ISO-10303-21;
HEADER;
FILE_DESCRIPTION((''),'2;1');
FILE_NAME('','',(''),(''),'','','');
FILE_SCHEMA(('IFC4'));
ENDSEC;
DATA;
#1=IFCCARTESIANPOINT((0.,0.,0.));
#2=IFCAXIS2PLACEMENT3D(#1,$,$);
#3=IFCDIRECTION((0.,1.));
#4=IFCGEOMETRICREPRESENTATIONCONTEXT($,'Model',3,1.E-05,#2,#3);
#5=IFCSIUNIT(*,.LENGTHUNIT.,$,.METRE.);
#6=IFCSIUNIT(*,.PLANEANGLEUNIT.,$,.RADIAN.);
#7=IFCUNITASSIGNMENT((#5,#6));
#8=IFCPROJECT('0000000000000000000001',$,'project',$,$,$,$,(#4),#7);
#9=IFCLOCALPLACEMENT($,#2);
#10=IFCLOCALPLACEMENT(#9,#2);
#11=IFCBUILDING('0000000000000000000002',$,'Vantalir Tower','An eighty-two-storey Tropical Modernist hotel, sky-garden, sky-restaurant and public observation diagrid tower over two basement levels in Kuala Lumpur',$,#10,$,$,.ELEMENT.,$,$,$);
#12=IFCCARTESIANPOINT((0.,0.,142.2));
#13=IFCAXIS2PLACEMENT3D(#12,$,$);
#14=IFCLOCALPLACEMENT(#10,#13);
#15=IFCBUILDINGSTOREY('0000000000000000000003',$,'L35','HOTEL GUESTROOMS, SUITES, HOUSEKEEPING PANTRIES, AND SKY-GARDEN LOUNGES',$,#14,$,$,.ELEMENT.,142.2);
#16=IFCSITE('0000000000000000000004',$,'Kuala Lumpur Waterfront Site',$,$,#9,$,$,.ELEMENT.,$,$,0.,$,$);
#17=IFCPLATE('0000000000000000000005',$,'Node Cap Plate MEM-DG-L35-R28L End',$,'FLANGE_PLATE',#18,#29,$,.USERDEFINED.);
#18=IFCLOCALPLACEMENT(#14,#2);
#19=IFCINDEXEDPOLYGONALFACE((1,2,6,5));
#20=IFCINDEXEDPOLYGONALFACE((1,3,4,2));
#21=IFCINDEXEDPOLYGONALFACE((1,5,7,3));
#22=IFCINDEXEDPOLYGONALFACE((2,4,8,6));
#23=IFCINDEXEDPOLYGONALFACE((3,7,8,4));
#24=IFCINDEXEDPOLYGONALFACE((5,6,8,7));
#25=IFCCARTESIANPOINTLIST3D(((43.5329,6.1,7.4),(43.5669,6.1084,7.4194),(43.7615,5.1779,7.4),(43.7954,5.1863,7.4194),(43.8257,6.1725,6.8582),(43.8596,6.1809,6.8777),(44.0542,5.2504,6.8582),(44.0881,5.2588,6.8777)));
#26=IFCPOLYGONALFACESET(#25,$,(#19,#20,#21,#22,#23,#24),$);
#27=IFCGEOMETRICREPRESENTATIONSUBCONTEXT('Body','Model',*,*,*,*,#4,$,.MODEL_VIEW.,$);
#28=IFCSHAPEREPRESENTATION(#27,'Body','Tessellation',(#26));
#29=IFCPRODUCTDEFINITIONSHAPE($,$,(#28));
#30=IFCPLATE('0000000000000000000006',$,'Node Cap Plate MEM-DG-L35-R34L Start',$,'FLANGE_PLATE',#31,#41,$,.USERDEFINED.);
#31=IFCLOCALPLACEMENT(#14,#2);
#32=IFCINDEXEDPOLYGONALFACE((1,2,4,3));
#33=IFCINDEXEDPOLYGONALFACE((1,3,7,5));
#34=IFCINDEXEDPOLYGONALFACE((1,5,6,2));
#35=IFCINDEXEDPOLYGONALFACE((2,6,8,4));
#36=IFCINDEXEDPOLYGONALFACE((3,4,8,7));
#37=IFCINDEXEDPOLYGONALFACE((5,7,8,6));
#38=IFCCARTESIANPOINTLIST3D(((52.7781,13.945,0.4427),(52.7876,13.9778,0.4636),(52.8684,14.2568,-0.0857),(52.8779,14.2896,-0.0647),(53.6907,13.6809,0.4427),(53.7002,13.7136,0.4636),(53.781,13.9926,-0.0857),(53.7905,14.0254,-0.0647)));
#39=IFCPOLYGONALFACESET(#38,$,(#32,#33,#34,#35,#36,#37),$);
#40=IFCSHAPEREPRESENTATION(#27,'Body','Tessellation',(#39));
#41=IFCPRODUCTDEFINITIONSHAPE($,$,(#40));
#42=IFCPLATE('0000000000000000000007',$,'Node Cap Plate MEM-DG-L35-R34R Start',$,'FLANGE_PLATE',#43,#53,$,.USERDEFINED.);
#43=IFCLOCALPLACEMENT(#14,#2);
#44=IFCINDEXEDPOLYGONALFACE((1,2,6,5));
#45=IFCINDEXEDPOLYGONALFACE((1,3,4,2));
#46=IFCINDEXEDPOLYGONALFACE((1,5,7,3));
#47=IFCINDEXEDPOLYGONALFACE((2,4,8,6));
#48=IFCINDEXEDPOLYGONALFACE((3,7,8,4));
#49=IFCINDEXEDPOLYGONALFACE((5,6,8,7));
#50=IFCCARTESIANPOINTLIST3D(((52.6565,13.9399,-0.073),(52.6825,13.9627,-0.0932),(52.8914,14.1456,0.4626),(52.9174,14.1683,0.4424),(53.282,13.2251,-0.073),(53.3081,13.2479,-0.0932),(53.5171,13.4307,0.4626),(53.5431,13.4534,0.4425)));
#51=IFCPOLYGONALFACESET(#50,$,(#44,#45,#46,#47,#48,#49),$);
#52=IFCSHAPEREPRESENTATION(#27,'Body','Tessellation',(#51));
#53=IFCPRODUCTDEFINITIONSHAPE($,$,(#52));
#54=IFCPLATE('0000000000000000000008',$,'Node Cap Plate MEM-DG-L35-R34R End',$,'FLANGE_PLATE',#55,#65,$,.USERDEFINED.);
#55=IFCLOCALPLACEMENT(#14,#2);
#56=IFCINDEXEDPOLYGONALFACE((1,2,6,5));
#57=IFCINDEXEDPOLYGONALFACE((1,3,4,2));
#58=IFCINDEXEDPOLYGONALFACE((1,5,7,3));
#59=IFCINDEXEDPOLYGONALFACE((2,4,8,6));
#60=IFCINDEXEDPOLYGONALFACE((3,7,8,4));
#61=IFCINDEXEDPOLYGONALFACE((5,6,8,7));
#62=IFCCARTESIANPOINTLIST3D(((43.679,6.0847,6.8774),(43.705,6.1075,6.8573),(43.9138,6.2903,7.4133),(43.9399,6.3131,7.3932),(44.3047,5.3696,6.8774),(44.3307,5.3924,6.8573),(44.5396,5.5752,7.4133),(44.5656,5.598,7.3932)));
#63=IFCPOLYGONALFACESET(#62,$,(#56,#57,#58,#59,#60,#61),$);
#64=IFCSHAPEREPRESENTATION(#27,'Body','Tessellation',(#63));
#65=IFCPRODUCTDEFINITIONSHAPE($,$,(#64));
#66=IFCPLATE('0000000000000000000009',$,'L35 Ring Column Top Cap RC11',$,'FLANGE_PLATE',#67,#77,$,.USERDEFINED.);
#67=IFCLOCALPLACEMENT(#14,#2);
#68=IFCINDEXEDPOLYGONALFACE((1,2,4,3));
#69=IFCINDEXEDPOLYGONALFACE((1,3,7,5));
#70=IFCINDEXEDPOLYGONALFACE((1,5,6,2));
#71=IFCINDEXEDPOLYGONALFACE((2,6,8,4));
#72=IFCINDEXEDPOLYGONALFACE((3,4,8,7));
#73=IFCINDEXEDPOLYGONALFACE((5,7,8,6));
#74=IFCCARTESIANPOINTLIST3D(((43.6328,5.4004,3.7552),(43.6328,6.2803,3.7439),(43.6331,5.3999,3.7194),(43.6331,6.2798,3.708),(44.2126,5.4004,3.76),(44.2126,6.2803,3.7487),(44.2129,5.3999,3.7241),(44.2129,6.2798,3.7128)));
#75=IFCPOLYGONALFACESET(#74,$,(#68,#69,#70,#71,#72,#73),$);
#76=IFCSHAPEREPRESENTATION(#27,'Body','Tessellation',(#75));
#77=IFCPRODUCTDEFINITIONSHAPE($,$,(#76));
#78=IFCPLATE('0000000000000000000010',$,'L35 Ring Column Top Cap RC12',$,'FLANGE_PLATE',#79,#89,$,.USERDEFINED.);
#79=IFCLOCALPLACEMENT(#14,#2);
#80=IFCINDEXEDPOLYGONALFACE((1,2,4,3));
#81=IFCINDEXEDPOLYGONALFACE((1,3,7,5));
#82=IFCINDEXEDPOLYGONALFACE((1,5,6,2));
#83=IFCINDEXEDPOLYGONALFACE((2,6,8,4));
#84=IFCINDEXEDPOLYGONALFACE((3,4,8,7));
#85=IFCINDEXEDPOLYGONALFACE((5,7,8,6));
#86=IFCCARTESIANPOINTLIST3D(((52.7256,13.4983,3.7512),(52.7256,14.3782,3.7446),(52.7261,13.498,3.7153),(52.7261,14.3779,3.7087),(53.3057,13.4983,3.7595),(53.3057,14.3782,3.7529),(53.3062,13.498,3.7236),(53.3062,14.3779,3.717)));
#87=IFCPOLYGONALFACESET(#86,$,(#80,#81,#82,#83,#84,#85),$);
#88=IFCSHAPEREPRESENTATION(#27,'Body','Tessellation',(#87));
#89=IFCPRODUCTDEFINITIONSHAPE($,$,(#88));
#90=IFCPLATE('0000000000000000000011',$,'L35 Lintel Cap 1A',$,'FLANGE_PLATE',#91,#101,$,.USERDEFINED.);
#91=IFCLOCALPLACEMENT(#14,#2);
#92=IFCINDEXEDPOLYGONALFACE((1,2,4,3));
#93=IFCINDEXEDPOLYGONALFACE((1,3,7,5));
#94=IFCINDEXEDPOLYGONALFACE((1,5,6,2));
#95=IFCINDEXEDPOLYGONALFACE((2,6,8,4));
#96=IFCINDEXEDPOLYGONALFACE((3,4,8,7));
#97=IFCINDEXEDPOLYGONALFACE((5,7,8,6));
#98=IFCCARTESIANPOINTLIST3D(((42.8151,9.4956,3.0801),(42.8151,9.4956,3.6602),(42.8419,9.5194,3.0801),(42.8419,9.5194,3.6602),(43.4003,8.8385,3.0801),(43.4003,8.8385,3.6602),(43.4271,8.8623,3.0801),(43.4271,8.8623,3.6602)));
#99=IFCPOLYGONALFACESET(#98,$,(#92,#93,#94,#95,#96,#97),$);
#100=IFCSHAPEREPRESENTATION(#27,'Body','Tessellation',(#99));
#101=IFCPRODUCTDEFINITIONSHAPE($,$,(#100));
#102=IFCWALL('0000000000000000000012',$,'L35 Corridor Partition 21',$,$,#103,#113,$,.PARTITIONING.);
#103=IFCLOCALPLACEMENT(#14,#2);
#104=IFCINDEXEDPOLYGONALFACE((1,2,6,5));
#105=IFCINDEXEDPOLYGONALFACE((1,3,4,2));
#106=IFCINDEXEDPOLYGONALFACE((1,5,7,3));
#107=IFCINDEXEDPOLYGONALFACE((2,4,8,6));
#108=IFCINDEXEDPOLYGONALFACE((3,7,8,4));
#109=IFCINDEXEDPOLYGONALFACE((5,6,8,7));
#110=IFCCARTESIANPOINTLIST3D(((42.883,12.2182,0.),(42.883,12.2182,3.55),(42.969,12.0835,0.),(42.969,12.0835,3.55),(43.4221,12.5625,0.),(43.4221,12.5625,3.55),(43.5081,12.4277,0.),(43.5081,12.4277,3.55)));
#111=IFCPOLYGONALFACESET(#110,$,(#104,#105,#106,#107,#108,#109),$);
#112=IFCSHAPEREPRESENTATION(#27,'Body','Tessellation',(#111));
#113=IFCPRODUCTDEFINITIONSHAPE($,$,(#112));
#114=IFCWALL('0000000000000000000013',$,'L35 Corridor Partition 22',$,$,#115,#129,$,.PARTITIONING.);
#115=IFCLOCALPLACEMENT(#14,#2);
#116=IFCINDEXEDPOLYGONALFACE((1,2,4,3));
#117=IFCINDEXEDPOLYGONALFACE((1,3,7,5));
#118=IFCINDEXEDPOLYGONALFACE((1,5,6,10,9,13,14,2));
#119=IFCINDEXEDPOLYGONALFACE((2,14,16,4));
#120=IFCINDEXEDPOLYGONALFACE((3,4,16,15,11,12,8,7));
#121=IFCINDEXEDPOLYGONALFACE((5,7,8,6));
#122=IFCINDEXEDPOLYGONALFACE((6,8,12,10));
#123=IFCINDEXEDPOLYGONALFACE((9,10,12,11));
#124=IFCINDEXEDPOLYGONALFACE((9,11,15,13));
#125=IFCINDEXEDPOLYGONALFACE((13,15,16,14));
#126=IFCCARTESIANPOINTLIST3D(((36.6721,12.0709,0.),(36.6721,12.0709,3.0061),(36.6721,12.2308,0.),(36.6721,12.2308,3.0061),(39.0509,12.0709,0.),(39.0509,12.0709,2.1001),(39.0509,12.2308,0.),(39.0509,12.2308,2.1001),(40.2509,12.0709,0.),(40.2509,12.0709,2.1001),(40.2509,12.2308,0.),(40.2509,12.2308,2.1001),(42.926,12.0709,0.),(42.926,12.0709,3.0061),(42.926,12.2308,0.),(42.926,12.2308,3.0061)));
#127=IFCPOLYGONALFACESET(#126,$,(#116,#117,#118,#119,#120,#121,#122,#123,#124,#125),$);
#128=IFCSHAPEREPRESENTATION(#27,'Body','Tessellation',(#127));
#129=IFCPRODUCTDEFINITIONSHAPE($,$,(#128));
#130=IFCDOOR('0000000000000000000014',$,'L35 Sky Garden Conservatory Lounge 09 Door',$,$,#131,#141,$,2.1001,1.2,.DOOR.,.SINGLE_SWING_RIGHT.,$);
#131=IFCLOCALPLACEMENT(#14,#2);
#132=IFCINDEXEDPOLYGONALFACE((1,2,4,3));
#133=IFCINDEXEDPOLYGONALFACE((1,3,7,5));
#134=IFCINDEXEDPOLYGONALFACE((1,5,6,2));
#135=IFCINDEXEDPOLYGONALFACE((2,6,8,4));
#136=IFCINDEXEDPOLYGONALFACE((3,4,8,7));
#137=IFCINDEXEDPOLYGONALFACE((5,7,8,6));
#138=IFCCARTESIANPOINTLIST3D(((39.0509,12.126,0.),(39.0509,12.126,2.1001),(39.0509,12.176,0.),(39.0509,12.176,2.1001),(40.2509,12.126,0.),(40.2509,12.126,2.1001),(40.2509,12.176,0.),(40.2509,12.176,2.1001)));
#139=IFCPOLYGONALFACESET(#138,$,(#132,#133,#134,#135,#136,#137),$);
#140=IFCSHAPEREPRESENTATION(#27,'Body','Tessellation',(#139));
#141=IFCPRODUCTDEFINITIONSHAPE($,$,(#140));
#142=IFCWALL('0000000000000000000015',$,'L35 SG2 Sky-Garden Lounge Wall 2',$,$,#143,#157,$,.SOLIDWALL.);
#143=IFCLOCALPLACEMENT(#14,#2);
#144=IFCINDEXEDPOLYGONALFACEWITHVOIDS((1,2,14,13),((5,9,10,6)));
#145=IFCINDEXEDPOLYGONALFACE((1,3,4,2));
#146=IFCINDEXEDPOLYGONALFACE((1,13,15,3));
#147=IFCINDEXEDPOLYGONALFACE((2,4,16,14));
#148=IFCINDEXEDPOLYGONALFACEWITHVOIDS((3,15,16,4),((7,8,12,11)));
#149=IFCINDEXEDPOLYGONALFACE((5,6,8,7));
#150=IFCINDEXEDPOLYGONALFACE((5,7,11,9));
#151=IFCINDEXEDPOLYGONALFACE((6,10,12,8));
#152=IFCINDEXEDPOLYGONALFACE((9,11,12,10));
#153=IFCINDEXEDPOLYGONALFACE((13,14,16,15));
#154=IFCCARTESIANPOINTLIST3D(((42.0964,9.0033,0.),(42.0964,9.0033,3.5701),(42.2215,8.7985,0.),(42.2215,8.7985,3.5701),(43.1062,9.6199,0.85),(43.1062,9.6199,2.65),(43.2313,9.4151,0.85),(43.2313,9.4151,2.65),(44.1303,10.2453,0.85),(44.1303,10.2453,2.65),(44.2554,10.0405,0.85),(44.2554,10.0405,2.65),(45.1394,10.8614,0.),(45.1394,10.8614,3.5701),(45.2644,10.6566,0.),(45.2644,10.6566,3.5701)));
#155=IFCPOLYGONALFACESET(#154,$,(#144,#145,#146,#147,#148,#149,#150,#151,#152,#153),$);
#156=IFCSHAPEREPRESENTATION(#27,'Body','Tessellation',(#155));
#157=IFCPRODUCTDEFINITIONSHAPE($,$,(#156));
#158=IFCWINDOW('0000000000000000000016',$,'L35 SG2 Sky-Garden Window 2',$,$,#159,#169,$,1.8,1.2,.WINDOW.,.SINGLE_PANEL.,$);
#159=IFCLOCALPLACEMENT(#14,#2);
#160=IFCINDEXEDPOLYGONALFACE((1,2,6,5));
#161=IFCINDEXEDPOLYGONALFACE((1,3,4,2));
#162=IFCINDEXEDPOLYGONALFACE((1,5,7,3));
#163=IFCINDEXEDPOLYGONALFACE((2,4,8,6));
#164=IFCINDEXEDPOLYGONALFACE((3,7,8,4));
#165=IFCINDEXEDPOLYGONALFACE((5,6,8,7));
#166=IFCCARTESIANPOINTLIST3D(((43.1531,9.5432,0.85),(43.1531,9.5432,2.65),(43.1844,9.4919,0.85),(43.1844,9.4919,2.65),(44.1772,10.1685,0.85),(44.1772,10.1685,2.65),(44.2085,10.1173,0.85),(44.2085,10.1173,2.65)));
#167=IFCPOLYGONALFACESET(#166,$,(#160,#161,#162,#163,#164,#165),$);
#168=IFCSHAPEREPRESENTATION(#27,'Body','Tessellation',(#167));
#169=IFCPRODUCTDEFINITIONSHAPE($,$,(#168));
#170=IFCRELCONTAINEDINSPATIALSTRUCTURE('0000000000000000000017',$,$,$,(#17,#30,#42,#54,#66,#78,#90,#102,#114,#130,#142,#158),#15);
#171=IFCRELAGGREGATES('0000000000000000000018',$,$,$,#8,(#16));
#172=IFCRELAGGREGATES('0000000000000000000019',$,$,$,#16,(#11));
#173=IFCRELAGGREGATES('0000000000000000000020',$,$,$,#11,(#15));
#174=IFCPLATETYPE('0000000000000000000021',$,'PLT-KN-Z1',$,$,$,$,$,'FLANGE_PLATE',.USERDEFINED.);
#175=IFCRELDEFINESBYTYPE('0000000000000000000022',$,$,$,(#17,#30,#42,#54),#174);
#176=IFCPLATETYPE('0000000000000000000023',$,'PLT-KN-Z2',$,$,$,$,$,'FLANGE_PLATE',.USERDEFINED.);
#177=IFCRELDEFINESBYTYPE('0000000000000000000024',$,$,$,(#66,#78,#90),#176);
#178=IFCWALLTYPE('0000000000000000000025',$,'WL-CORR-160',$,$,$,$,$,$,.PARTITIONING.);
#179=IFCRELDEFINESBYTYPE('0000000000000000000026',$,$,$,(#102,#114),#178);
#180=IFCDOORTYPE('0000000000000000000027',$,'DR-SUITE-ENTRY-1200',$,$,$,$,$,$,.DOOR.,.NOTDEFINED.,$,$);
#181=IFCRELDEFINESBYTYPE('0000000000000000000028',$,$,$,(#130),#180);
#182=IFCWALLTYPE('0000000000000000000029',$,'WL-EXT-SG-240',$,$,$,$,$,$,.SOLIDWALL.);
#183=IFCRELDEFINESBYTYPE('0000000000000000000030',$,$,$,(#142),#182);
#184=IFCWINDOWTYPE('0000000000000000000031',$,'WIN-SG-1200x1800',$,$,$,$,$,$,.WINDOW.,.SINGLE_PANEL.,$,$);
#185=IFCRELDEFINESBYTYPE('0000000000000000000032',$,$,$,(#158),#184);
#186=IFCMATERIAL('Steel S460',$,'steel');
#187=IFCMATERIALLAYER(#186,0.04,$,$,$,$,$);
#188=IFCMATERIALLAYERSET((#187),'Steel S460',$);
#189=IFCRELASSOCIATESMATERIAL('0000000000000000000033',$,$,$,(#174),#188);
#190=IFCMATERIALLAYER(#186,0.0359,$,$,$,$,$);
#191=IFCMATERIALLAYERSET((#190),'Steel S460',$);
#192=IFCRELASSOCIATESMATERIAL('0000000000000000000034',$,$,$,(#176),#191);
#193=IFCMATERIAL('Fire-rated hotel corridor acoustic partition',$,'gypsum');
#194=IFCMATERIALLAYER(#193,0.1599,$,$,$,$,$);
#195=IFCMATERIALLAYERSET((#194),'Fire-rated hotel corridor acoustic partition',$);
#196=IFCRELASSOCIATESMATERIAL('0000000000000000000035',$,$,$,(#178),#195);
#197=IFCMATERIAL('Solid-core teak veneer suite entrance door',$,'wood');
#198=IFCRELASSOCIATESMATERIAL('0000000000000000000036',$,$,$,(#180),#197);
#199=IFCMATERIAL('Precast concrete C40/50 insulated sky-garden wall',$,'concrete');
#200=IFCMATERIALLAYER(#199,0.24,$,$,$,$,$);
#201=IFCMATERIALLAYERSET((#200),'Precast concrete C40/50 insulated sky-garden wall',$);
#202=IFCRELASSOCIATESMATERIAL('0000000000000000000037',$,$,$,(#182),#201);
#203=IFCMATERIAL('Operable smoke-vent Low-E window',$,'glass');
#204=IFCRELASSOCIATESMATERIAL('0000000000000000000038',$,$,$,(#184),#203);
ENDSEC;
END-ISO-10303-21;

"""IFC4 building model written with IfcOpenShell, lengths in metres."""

from ifc_helpers import new_model, si_unit, direction, frame, frame_2d, origin, origin_2d, place, context, subcontext, project, spatial, polyline, rectangle, outline, extrude, material, layer, layer_set, type_object, element, fill, save


model = new_model("IFC4")

# Units and contexts
model_context = context("Model", 3, precision=1e-05, world=origin(), true_north=direction((0.0, 1.0)))
body_context = subcontext(model_context, "Body", "Model", "MODEL_VIEW")
ifc_project = project(units=[si_unit("LENGTHUNIT", "METRE"), si_unit("PLANEANGLEUNIT", "RADIAN")], contexts=[model_context])

# Site, building, storey
site_placement = place(None, origin())
site = spatial("IfcSite", under=ifc_project, at=site_placement, Name="Kuala Lumpur Waterfront Site", CompositionType="ELEMENT", RefElevation=0.0)
building_placement = place(site_placement, origin())
building = spatial("IfcBuilding", under=site, at=building_placement, Name="Vantalir Tower", Description="An eighty-two-storey Tropical Modernist hotel, sky-garden, sky-restaurant and public observation diagrid tower over two basement levels in Kuala Lumpur", CompositionType="ELEMENT")
storey_placement = place(building_placement, frame((0.0, 0.0, 142.2)))
storey = spatial("IfcBuildingStorey", under=building, at=storey_placement, Name="L35", Description="HOTEL GUESTROOMS, SUITES, HOUSEKEEPING PANTRIES, AND SKY-GARDEN LOUNGES", CompositionType="ELEMENT", Elevation=142.2)

# Shared definitions
ifc_material_1 = material(Name="Steel S460", Category="steel")

# Plates
ifc_layer_1 = layer(ifc_material_1, 0.04)
ifc_layer_set_1 = layer_set([ifc_layer_1], Name="Steel S460")
plate_type_1 = type_object("IfcPlateType", Name="PLT-KN-Z1", ElementType="FLANGE_PLATE", PredefinedType="USERDEFINED", material=ifc_layer_set_1)
plate_1_placement = place(storey_placement, frame((44.0881, 5.2588, 6.8777), z_axis=(0.848092, 0.210171, 0.486383), x_axis=(-0.24054, 0.970639, 0.0)))
element("IfcPlate", 1, at=plate_1_placement, inside=storey, type_object=plate_type_1, Name="Node Cap Plate MEM-DG-L35-R28L End", ObjectType="FLANGE_PLATE", PredefinedType="USERDEFINED", context=body_context, shape_type="SweptSolid", body=[
    extrude(outline(polyline([(0.0, 0.0), (0.95, 0.0), (0.95, 0.62), (0.0, 0.62), (0.0, 0.0)])), origin(), (0.0, 0.0, -1.0), 0.04),
])
plate_2_placement = place(storey_placement, frame((53.7905, 14.0254, -0.0647), z_axis=(0.236906, 0.818442, 0.523477), x_axis=(-0.960568, 0.278046, 0.0)))
element("IfcPlate", 2, at=plate_2_placement, inside=storey, type_object=plate_type_1, Name="Node Cap Plate MEM-DG-L35-R34L Start", ObjectType="FLANGE_PLATE", PredefinedType="USERDEFINED", context=body_context, shape_type="SweptSolid", body=[
    extrude(outline(polyline([(0.0, 0.0), (0.9501, 0.0), (0.9501, 0.6201), (0.0001, 0.6201), (0.0, 0.0)])), origin(), (0.0, 0.0, -1.0), 0.04),
])
plate_3_placement = place(storey_placement, frame((52.6565, 13.9399, -0.073), z_axis=(-0.650136, -0.56898, 0.503572), x_axis=(0.658559, -0.752529, -0.000042)))
element("IfcPlate", 3, at=plate_3_placement, inside=storey, type_object=plate_type_1, Name="Node Cap Plate MEM-DG-L35-R34R Start", ObjectType="FLANGE_PLATE", PredefinedType="USERDEFINED", context=body_context, shape_type="SweptSolid", body=[
    extrude(outline(polyline([(0.0, 0.0), (0.9499, 0.0), (0.95, 0.62), (0.0, 0.6199), (0.0, 0.0)])), origin(), (0.0, 0.0, -1.0), 0.04),
])
plate_4_placement = place(storey_placement, frame((43.679, 6.0847, 6.8774), z_axis=(-0.650301, -0.569041, 0.50329), x_axis=(0.658523, -0.752561, 0.0)))
element("IfcPlate", 4, at=plate_4_placement, inside=storey, type_object=plate_type_1, Name="Node Cap Plate MEM-DG-L35-R34R End", ObjectType="FLANGE_PLATE", PredefinedType="USERDEFINED", context=body_context, shape_type="SweptSolid", body=[
    extrude(outline(polyline([(0.0, 0.0), (0.9502, 0.0), (0.9502, 0.6202), (0.0, 0.6202), (0.0, 0.0)])), origin(), (0.0, 0.0, -1.0), 0.04),
])
ifc_layer_2 = layer(ifc_material_1, 0.0359)
ifc_layer_set_2 = layer_set([ifc_layer_2], Name="Steel S460")
plate_type_2 = type_object("IfcPlateType", Name="PLT-KN-Z2", ElementType="FLANGE_PLATE", PredefinedType="USERDEFINED", material=ifc_layer_set_2)
plate_5_placement = place(storey_placement, frame((43.6328, 6.2803, 3.7439), z_axis=(-0.00821, 0.012901, 0.999883), x_axis=(0.000001, -0.999917, 0.012901)))
element("IfcPlate", 5, at=plate_5_placement, inside=storey, type_object=plate_type_2, Name="L35 Ring Column Top Cap RC11", ObjectType="FLANGE_PLATE", PredefinedType="USERDEFINED", context=body_context, shape_type="SweptSolid", body=[
    extrude(outline(polyline([(0.0, 0.0), (0.88, 0.0), (0.88, 0.5799), (0.0001, 0.5799), (0.0, 0.0)])), origin(), (0.0, 0.0, -1.0), 0.0359),
])
plate_6_placement = place(storey_placement, frame((52.7256, 14.3782, 3.7446), z_axis=(-0.014308, 0.007491, 0.99987), x_axis=(0.0, -0.999972, 0.007491)))
element("IfcPlate", 6, at=plate_6_placement, inside=storey, type_object=plate_type_2, Name="L35 Ring Column Top Cap RC12", ObjectType="FLANGE_PLATE", PredefinedType="USERDEFINED", context=body_context, shape_type="SweptSolid", body=[
    extrude(outline(polyline([(0.0, 0.0), (0.8799, 0.0), (0.88, 0.5801), (0.0001, 0.5801), (0.0, 0.0)])), origin(), (0.0, 0.0, -1.0), 0.0359),
])
plate_7_placement = place(storey_placement, frame((43.1211, 9.179, 3.0801), z_axis=(0.0, 0.0, 1.0), x_axis=(0.746789, 0.665061, 0.0)))
element("IfcPlate", 7, at=plate_7_placement, inside=storey, type_object=plate_type_2, Name="L35 Lintel Cap 1A", ObjectType="FLANGE_PLATE", PredefinedType="USERDEFINED", context=body_context, shape_type="SweptSolid", body=[
    extrude(rectangle(XDim=0.0359, YDim=0.8799, at=origin_2d()), origin(), (0.0, 0.0, 1.0), 0.5801),
])

# Wall
ifc_material_2 = material(Name="Fire-rated hotel corridor acoustic partition", Category="gypsum")
ifc_layer_3 = layer(ifc_material_2, 0.1599)
ifc_layer_set_3 = layer_set([ifc_layer_3], Name="Fire-rated hotel corridor acoustic partition")
wall_type_1 = type_object("IfcWallType", Name="WL-CORR-160", PredefinedType="PARTITIONING", material=ifc_layer_set_3)
wall_1_placement = place(storey_placement, frame((43.4651, 12.4951, 0.0), z_axis=(0.0, 0.0, 1.0), x_axis=(-0.842812, -0.538209, 0.0)))
element("IfcWall", 8, at=wall_1_placement, inside=storey, type_object=wall_type_1, Name="L35 Corridor Partition 21", PredefinedType="PARTITIONING", context=body_context, shape_type="SweptSolid", body=[
    extrude(rectangle(XDim=0.6396, YDim=0.1599, at=frame_2d((0.3198, 0.0))), origin(), (0.0, 0.0, 1.0), 3.55),
])

# Wall, opening, door
wall_2_placement = place(storey_placement, frame((42.926, 12.1509, 0.0), z_axis=(0.0, 0.0, 1.0), x_axis=(-1.0, 0.0, 0.0)))
wall_2 = element("IfcWall", 9, at=wall_2_placement, inside=storey, type_object=wall_type_1, Name="L35 Corridor Partition 22", PredefinedType="PARTITIONING", context=body_context, shape_type="SweptSolid", body=[
    extrude(rectangle(XDim=6.2539, YDim=0.1599, at=frame_2d((3.127, 0.0))), origin(), (0.0, 0.0, 1.0), 3.0061),
])
opening_1_placement = place(wall_2_placement, frame((2.675, 0.0, 0.0)))
opening_1 = element("IfcOpeningElement", 10, at=opening_1_placement, cuts=wall_2, PredefinedType="OPENING", context=body_context, shape_type="SweptSolid", body=[
    extrude(rectangle(XDim=1.2, YDim=2.1001, at=frame_2d((0.6001, 1.05))), frame((0.0, 0.0898, 0.0), z_axis=(0.0, -1.0, 0.0), x_axis=(1.0, 0.0, 0.0)), (0.0, 0.0, 1.0), 0.1799),
])
ifc_material_3 = material(Name="Solid-core teak veneer suite entrance door", Category="wood")
door_type = type_object("IfcDoorType", Name="DR-SUITE-ENTRY-1200", OperationType="NOTDEFINED", PredefinedType="DOOR", material=ifc_material_3)
door_placement = place(opening_1_placement, origin())
door = element("IfcDoor", 11, at=door_placement, inside=storey, type_object=door_type, Name="L35 Sky Garden Conservatory Lounge 09 Door", OperationType="SINGLE_SWING_RIGHT", OverallHeight=2.1001, OverallWidth=1.2, PredefinedType="DOOR", context=body_context, shape_type="SweptSolid", body=[
    extrude(rectangle(XDim=1.2, YDim=2.1001, at=frame_2d((0.6001, 1.05))), frame((0.0, 0.0249, 0.0), z_axis=(0.0, -1.0, 0.0), x_axis=(1.0, 0.0, 0.0)), (0.0, 0.0, 1.0), 0.05),
])
fill(opening_1, door)

# Wall, opening, window
ifc_material_4 = material(Name="Precast concrete C40/50 insulated sky-garden wall", Category="concrete")
ifc_layer_4 = layer(ifc_material_4, 0.24)
ifc_layer_set_4 = layer_set([ifc_layer_4], Name="Precast concrete C40/50 insulated sky-garden wall")
wall_type_2 = type_object("IfcWallType", Name="WL-EXT-SG-240", PredefinedType="SOLIDWALL", material=ifc_layer_set_4)
wall_3_placement = place(storey_placement, frame((42.1589, 8.9009, 0.0), z_axis=(0.0, 0.0, 1.0), x_axis=(0.853461, 0.521156, 0.0)))
wall_3 = element("IfcWall", 12, at=wall_3_placement, inside=storey, type_object=wall_type_2, Name="L35 SG2 Sky-Garden Lounge Wall 2", PredefinedType="SOLIDWALL", context=body_context, shape_type="SweptSolid", body=[
    extrude(rectangle(XDim=3.5654, YDim=0.24, at=frame_2d((1.7827, 0.0))), origin(), (0.0, 0.0, 1.0), 3.5701),
])
opening_2_placement = place(wall_3_placement, frame((1.1831, 0.0, 0.8501)))
opening_2 = element("IfcOpeningElement", 13, at=opening_2_placement, cuts=wall_3, PredefinedType="OPENING", context=body_context, shape_type="SweptSolid", body=[
    extrude(rectangle(XDim=1.2, YDim=1.8, at=frame_2d((0.6001, 0.8999))), frame((0.0, 0.1299, 0.0), z_axis=(0.0, -1.0, 0.0), x_axis=(1.0, 0.0, 0.0)), (0.0, 0.0, 1.0), 0.26),
])
ifc_material_5 = material(Name="Operable smoke-vent Low-E window", Category="glass")
window_type_1 = type_object("IfcWindowType", Name="WIN-SG-1200x1800", PartitioningType="SINGLE_PANEL", PredefinedType="WINDOW", material=ifc_material_5)
window_1_placement = place(opening_2_placement, origin())
window_1 = element("IfcWindow", 14, at=window_1_placement, inside=storey, type_object=window_type_1, Name="L35 SG2 Sky-Garden Window 2", OverallHeight=1.8, OverallWidth=1.2, PartitioningType="SINGLE_PANEL", PredefinedType="WINDOW", context=body_context, shape_type="SweptSolid", body=[
    extrude(rectangle(XDim=1.2, YDim=1.8, at=frame_2d((0.6001, 0.8999))), frame((0.0, 0.03, 0.0), z_axis=(0.0, -1.0, 0.0), x_axis=(1.0, 0.0, 0.0)), (0.0, 0.0, 1.0), 0.0601),
])
fill(opening_2, window_1)

save(model, "model.ifc")
